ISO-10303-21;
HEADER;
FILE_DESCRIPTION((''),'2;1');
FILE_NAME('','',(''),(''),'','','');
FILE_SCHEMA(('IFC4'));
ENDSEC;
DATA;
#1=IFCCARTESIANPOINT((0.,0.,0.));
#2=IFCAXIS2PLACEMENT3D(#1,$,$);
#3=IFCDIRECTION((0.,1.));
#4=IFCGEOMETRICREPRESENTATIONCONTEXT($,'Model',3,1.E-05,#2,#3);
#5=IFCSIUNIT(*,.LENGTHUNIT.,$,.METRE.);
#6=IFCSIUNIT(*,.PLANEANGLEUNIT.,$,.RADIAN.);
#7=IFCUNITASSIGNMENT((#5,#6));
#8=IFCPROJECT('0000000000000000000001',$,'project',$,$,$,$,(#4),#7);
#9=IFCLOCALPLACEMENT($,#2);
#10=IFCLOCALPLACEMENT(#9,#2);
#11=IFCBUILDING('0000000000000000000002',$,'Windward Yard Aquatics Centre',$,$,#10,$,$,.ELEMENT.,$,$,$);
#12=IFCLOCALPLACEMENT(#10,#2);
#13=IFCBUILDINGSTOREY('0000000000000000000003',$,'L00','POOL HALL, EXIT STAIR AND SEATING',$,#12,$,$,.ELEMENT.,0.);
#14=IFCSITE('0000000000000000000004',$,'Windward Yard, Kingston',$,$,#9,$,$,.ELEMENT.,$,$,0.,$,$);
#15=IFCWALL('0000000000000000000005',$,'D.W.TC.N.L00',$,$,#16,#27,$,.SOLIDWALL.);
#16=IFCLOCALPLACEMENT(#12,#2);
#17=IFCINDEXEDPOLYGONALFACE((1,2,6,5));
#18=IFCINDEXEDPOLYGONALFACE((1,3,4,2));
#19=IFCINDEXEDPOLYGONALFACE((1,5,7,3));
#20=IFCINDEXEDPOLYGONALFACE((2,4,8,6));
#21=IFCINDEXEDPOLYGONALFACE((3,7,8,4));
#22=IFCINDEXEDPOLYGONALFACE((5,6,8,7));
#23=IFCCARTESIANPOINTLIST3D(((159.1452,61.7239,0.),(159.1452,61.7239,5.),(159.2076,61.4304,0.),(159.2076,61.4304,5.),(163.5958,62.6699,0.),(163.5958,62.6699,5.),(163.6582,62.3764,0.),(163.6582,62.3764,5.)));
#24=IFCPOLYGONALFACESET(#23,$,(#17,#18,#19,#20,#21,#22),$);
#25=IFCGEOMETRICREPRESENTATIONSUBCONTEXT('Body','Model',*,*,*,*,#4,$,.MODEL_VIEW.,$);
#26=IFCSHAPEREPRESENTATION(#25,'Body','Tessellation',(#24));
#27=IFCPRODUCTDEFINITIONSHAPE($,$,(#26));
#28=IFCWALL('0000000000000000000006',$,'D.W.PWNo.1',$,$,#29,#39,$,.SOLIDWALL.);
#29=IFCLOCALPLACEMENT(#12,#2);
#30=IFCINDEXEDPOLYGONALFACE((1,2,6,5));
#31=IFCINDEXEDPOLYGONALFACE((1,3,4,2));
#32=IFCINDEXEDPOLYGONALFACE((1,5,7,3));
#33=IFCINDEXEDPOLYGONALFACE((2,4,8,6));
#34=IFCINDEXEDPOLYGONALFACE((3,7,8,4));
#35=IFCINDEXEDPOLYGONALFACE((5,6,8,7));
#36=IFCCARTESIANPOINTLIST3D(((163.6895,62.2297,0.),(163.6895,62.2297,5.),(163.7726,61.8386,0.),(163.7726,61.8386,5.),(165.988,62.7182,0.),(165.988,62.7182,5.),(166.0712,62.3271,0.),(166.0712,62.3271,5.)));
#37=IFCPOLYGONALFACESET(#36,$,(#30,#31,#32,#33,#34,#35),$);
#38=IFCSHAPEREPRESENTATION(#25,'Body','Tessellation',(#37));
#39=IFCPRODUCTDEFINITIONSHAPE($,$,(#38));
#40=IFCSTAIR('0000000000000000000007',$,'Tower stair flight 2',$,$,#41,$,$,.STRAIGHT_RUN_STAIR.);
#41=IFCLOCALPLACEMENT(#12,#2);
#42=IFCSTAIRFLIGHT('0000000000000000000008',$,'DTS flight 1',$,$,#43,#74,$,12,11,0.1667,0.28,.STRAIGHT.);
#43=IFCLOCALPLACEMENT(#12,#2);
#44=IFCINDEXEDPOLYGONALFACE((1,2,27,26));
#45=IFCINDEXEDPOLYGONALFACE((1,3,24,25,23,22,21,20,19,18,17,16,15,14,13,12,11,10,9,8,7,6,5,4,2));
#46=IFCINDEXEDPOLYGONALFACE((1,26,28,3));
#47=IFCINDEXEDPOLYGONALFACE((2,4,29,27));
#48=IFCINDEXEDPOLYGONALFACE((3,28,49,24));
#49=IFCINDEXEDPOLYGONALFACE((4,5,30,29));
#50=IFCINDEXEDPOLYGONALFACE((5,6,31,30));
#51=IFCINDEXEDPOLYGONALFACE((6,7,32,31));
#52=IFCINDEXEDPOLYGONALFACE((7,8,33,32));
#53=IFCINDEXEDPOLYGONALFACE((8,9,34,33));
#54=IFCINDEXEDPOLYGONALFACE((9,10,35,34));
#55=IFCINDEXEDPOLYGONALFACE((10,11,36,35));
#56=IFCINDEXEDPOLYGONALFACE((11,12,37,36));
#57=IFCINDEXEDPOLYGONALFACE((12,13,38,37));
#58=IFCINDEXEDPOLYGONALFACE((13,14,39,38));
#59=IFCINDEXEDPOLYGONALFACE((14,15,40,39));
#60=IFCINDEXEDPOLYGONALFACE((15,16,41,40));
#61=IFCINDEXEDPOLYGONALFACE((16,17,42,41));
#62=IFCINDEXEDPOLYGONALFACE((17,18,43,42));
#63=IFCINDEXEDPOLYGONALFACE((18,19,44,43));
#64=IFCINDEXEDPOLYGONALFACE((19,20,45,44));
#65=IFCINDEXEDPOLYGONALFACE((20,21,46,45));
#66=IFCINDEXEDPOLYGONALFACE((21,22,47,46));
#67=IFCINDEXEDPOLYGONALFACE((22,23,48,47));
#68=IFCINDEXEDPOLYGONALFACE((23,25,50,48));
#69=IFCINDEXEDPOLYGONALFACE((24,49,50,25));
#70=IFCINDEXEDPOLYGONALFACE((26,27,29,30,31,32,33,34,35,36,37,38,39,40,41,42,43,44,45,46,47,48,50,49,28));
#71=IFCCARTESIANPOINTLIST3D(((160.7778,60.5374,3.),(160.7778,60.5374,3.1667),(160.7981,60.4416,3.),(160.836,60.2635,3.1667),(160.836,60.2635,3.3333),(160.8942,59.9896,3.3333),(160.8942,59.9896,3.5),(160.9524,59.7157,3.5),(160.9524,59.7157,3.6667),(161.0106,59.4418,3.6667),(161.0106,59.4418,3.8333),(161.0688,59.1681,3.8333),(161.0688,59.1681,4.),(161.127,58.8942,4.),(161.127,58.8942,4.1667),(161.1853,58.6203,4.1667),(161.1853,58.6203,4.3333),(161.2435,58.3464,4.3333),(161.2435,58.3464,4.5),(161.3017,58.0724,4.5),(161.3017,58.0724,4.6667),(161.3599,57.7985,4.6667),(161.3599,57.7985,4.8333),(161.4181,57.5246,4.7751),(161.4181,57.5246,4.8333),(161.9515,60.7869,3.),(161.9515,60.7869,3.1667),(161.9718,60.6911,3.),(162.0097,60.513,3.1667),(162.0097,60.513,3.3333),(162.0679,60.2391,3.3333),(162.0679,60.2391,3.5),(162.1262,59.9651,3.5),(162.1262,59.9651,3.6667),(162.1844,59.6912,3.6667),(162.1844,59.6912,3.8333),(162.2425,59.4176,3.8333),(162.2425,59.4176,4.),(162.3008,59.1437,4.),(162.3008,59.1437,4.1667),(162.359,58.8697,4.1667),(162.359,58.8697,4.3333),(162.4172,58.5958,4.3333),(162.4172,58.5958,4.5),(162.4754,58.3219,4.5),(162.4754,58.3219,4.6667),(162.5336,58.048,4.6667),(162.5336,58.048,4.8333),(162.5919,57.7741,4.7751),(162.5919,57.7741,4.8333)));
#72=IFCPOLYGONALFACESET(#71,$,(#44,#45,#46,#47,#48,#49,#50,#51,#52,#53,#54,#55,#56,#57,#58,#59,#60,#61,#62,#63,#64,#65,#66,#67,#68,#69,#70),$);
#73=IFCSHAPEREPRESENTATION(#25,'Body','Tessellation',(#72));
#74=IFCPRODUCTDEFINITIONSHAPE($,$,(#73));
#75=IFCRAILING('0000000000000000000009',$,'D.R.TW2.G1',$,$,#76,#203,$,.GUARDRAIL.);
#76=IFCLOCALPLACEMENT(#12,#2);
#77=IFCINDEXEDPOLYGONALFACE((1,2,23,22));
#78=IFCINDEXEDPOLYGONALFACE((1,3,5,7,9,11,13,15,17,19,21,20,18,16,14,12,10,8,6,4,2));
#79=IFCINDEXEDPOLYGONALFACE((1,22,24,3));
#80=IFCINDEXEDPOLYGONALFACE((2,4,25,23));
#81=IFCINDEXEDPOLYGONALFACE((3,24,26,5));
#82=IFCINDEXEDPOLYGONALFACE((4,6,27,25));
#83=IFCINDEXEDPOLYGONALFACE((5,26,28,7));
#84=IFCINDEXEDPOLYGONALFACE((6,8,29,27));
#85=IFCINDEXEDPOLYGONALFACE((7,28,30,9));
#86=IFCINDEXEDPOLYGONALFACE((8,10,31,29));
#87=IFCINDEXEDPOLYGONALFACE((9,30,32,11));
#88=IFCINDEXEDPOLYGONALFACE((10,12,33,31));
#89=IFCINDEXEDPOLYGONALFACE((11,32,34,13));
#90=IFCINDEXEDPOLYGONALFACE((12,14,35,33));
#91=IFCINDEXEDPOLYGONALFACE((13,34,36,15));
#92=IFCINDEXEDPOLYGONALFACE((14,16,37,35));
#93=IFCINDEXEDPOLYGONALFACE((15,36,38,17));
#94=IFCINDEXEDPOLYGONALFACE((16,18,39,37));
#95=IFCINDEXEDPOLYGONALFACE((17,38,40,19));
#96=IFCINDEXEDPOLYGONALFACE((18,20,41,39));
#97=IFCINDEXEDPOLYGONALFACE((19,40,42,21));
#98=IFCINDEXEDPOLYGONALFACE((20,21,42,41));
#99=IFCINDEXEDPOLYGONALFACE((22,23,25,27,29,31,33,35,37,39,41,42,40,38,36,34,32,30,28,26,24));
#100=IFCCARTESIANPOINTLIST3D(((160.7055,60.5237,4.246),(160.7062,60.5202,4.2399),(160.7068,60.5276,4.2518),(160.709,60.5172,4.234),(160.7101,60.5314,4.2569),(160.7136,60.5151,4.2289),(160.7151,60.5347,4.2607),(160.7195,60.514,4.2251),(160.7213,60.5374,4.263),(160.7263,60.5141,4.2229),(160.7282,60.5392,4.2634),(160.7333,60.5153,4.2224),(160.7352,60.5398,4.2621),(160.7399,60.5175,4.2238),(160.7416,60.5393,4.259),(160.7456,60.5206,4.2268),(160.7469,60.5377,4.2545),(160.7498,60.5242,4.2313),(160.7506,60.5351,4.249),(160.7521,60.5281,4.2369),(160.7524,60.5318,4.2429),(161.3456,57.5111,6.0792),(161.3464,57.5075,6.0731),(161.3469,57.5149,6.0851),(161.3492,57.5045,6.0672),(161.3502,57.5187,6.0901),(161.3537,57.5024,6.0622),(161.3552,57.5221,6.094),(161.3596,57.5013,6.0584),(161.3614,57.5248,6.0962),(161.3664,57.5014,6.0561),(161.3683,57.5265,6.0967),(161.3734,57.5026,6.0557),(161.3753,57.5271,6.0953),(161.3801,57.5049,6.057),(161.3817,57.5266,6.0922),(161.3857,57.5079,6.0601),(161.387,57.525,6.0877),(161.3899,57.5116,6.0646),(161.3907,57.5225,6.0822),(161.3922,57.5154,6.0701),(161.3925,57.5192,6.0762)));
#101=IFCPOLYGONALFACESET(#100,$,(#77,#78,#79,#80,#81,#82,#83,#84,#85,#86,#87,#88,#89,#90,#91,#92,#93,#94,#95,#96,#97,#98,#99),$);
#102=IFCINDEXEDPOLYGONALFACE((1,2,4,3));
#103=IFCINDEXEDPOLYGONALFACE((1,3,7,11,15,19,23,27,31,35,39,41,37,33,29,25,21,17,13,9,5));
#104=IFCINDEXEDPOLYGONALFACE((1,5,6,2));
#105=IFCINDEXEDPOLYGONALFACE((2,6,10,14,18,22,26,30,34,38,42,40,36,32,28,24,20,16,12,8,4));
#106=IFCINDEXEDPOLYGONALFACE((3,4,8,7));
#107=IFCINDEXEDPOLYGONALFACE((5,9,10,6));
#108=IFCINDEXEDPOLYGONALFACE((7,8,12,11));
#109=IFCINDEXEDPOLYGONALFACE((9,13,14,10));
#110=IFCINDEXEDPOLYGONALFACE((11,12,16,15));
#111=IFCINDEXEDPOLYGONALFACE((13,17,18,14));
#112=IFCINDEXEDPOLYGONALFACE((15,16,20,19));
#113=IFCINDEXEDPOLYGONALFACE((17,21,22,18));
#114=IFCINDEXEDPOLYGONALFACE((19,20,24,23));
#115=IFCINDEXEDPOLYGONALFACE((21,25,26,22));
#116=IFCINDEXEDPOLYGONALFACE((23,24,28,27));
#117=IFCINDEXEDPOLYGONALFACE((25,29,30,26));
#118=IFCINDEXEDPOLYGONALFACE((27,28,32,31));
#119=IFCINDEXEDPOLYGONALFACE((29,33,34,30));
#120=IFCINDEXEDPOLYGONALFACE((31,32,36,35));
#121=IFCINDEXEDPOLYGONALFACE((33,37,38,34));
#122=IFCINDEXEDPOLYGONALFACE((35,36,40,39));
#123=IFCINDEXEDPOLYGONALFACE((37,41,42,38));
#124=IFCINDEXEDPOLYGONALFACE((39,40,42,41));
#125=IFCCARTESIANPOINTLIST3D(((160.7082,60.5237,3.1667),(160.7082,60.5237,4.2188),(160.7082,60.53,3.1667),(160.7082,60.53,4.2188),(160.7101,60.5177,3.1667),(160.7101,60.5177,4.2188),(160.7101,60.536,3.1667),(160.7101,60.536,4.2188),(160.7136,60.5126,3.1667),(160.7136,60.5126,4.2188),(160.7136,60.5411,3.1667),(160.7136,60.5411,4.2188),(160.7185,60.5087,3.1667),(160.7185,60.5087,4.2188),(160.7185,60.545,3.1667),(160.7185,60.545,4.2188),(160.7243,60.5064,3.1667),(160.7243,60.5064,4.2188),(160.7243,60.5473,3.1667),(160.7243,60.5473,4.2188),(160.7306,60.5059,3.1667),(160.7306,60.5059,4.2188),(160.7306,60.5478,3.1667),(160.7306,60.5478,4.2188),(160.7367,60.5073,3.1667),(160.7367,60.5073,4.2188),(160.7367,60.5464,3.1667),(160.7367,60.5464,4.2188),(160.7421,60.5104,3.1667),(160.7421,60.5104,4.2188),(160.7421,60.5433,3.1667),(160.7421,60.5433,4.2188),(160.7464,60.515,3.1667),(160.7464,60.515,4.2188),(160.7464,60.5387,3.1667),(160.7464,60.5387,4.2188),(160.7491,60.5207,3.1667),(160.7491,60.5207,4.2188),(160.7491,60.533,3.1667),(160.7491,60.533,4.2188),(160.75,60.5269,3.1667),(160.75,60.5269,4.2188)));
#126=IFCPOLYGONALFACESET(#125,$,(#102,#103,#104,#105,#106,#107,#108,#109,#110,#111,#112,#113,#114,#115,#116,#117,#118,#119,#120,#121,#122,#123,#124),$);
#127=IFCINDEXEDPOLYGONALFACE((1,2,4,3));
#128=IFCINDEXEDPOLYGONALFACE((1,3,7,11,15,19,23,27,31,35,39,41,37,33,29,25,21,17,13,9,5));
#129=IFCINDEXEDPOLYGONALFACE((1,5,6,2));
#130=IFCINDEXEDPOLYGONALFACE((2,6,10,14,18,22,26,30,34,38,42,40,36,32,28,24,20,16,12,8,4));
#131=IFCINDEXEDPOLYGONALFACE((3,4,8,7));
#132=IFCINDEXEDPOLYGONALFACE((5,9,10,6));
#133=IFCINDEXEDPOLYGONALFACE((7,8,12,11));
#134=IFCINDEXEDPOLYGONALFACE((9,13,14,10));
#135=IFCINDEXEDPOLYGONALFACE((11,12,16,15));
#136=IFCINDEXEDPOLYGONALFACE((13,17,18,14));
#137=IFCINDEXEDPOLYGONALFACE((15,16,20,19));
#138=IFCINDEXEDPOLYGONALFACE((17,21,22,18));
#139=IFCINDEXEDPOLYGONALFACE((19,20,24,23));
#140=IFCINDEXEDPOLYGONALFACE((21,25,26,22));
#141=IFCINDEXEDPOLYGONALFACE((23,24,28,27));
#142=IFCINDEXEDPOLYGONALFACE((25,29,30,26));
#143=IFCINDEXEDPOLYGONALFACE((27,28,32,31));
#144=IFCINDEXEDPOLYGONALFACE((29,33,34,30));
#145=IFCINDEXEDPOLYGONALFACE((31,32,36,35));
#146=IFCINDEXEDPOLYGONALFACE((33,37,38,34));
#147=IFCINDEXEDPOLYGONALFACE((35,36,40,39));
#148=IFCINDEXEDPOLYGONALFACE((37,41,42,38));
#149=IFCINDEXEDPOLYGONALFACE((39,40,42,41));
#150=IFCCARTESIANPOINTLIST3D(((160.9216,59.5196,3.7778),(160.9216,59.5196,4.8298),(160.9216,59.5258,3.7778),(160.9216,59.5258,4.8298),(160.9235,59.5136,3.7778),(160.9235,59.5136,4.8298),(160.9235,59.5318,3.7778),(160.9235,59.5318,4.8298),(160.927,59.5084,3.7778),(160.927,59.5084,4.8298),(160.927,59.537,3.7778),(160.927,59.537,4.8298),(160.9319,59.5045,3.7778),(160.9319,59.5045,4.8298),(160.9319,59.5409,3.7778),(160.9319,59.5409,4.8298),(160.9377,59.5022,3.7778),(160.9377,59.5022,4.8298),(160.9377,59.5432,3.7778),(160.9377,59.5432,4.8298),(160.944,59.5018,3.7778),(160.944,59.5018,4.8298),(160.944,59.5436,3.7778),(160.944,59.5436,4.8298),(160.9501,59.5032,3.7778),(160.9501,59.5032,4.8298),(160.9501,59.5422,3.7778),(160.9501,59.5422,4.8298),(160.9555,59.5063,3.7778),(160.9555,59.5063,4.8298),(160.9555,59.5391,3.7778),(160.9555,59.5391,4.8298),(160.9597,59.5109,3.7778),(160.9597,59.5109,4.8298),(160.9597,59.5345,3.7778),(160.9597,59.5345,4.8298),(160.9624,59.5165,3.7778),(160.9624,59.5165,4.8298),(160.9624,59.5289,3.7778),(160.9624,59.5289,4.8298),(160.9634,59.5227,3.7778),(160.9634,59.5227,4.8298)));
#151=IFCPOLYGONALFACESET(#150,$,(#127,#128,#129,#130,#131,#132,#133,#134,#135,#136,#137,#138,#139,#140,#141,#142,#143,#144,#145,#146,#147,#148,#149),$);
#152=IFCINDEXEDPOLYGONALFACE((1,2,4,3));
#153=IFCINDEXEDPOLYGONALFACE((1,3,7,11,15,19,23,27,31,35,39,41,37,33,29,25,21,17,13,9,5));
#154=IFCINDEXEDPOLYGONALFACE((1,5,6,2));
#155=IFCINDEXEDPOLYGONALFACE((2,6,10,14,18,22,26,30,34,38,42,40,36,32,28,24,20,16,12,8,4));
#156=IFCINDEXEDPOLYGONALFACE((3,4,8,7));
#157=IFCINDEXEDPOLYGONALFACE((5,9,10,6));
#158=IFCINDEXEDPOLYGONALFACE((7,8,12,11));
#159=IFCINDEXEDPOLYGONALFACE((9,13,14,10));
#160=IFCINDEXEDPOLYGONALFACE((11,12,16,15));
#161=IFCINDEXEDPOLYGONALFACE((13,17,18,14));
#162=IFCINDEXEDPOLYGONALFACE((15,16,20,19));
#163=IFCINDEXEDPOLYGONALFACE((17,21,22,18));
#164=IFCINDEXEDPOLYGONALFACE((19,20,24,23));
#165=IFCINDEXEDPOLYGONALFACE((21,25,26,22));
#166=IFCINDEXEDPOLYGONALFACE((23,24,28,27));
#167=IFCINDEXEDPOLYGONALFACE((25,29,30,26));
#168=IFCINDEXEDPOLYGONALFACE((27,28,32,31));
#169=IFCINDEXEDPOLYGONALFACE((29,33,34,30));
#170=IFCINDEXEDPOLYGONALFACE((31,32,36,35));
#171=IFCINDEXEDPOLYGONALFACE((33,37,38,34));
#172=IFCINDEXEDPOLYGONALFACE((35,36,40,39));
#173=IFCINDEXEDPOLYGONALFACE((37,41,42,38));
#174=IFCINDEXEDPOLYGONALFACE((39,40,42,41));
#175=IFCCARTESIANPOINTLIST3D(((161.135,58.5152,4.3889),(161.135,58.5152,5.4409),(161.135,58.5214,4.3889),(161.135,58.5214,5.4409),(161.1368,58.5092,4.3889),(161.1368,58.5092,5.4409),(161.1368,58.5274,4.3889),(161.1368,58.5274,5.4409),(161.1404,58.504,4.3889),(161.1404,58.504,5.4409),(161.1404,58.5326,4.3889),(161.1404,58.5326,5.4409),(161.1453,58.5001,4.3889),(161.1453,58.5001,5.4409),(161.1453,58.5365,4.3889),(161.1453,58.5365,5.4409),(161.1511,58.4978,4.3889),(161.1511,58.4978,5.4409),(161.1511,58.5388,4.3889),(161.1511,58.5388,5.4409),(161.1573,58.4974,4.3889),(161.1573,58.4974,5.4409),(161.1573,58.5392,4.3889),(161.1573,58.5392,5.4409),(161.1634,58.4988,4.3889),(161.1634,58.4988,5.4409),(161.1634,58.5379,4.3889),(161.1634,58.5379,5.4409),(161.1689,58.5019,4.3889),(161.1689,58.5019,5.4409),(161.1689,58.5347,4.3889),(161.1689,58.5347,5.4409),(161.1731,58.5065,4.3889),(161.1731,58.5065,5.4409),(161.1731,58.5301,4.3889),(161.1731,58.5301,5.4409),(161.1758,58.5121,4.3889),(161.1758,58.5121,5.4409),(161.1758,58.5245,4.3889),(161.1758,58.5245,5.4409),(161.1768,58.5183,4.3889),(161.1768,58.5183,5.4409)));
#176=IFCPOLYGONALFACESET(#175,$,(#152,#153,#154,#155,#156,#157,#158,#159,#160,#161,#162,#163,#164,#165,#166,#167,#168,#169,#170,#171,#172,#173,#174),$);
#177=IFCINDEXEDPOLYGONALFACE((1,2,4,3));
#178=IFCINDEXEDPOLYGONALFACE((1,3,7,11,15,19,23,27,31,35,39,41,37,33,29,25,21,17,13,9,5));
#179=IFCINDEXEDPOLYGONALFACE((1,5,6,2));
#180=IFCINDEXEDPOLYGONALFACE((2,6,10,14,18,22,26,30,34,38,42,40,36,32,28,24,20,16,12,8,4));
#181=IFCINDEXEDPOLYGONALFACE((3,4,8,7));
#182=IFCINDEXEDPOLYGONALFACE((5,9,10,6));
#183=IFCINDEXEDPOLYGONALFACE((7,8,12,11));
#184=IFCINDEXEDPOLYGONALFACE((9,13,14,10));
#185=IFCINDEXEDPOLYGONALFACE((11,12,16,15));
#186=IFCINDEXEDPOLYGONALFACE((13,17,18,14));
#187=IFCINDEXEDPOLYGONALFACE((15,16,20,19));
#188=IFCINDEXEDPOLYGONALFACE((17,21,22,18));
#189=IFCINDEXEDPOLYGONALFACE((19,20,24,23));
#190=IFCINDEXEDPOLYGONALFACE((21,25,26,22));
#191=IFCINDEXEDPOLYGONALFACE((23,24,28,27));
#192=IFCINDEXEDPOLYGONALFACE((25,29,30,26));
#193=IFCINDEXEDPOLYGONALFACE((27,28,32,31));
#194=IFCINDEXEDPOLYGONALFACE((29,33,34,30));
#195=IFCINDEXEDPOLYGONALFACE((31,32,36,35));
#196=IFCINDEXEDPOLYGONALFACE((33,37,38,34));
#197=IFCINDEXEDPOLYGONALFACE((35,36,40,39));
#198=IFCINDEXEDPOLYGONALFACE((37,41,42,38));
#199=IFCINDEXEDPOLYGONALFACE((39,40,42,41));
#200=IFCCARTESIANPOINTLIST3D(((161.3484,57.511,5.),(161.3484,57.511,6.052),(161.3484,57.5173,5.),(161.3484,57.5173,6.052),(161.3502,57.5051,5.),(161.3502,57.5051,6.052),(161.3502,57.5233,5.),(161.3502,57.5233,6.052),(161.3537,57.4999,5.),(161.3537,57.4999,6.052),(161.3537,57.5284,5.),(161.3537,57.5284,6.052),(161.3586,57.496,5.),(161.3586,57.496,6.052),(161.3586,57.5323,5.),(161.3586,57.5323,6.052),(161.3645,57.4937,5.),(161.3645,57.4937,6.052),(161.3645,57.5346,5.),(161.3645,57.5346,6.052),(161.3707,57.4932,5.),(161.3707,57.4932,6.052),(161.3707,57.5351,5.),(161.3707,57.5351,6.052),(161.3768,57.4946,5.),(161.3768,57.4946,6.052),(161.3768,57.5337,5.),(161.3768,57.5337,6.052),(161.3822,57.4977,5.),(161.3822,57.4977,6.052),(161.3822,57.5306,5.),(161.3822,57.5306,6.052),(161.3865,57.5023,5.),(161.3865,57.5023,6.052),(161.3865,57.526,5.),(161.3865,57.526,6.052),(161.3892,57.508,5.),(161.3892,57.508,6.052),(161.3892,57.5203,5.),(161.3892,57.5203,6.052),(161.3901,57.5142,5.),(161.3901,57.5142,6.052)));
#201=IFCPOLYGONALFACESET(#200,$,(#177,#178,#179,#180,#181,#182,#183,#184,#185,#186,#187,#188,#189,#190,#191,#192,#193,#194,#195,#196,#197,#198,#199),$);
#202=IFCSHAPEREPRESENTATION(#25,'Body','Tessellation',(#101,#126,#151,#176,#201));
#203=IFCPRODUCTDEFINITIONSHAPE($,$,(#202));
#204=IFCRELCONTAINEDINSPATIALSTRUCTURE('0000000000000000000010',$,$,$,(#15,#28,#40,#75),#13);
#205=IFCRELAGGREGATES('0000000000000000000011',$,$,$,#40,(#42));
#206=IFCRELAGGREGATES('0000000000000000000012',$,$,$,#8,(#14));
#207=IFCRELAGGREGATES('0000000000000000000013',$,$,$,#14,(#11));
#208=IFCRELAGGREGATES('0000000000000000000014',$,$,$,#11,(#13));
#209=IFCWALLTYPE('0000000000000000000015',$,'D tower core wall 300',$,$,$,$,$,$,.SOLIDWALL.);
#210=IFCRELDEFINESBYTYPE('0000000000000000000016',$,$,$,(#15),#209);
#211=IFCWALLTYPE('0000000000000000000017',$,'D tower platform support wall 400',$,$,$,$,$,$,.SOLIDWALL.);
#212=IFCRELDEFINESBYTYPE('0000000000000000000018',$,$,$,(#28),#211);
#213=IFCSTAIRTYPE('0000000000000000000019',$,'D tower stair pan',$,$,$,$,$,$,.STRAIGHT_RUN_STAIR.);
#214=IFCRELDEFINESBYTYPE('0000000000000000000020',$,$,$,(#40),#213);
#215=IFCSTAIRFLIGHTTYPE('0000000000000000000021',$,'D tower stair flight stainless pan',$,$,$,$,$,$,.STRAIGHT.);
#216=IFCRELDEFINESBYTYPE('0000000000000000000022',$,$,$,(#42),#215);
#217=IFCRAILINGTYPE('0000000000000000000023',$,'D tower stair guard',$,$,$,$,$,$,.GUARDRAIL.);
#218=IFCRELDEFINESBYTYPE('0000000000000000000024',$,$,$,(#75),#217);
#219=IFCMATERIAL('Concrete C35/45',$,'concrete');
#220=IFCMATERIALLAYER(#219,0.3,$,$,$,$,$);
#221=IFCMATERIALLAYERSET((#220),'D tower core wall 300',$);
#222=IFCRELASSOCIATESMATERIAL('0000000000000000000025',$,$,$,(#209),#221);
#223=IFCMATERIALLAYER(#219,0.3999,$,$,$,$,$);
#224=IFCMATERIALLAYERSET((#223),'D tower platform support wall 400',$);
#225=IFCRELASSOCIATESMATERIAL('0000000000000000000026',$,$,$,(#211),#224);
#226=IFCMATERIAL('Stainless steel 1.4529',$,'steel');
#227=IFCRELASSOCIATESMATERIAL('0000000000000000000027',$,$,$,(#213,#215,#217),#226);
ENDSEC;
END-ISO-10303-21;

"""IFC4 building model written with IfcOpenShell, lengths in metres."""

from ifc_helpers import new_model, si_unit, direction, frame, frame_2d, origin, origin_2d, place, context, subcontext, project, spatial, polyline, rectangle, circle, outline, extrude, material, layer, layer_set, type_object, element, aggregate, save


model = new_model("IFC4")

# Units and contexts
model_context = context("Model", 3, precision=1e-05, world=origin(), true_north=direction((0.0, 1.0)))
body_context = subcontext(model_context, "Body", "Model", "MODEL_VIEW")
ifc_project = project(units=[si_unit("LENGTHUNIT", "METRE"), si_unit("PLANEANGLEUNIT", "RADIAN")], contexts=[model_context])

# Site, building, storey
site_placement = place(None, origin())
site = spatial("IfcSite", under=ifc_project, at=site_placement, Name="Windward Yard, Kingston", CompositionType="ELEMENT", RefElevation=0.0)
building_placement = place(site_placement, origin())
building = spatial("IfcBuilding", under=site, at=building_placement, Name="Windward Yard Aquatics Centre", CompositionType="ELEMENT")
storey_placement = place(building_placement, origin())
storey = spatial("IfcBuildingStorey", under=building, at=storey_placement, Name="L00", Description="POOL HALL, EXIT STAIR AND SEATING", CompositionType="ELEMENT", Elevation=0.0)

# Shared definitions
ifc_material_1 = material(Name="Concrete C35/45", Category="concrete")

# Walls
ifc_layer_1 = layer(ifc_material_1, 0.3)
ifc_layer_set_1 = layer_set([ifc_layer_1], Name="D tower core wall 300")
wall_type_1 = type_object("IfcWallType", Name="D tower core wall 300", PredefinedType="SOLIDWALL", material=ifc_layer_set_1)
wall_1_placement = place(storey_placement, frame((159.1765, 61.5771, 0.0), z_axis=(0.0, 0.0, 1.0), x_axis=(0.978147, 0.207917, 0.0)))
element("IfcWall", 1, at=wall_1_placement, inside=storey, type_object=wall_type_1, Name="D.W.TC.N.L00", PredefinedType="SOLIDWALL", context=body_context, shape_type="SweptSolid", body=[
    extrude(rectangle(XDim=4.55, YDim=0.3, at=frame_2d((2.2749, 0.0))), origin(), (0.0, 0.0, 1.0), 5.0),
])
ifc_layer_2 = layer(ifc_material_1, 0.3999)
ifc_layer_set_2 = layer_set([ifc_layer_2], Name="D tower platform support wall 400")
wall_type_2 = type_object("IfcWallType", Name="D tower platform support wall 400", PredefinedType="SOLIDWALL", material=ifc_layer_set_2)
wall_2_placement = place(storey_placement, frame((163.7312, 62.0342, 0.0), z_axis=(0.0, 0.0, 1.0), x_axis=(0.978152, 0.20789, 0.0)))
element("IfcWall", 2, at=wall_2_placement, inside=storey, type_object=wall_type_2, Name="D.W.PWNo.1", PredefinedType="SOLIDWALL", context=body_context, shape_type="SweptSolid", body=[
    extrude(rectangle(XDim=2.3499, YDim=0.3999, at=frame_2d((1.1748, 0.0))), origin(), (0.0, 0.0, 1.0), 5.0),
])

# Stair, stair flight
ifc_material_2 = material(Name="Stainless steel 1.4529", Category="steel")
stair_type = type_object("IfcStairType", Name="D tower stair pan", PredefinedType="STRAIGHT_RUN_STAIR", material=ifc_material_2)
stair_placement = place(storey_placement, origin())
stair = element("IfcStair", 3, at=stair_placement, inside=storey, type_object=stair_type, Name="Tower stair flight 2", PredefinedType="STRAIGHT_RUN_STAIR")
stair_flight_type = type_object("IfcStairFlightType", Name="D tower stair flight stainless pan", PredefinedType="STRAIGHT", material=ifc_material_2)
stair_flight_placement = place(storey_placement, frame((161.3645, 60.6621, 3.0), z_axis=(0.0, 0.0, 1.0), x_axis=(0.207912, -0.978148, 0.0)))
stair_flight = element("IfcStairFlight", 4, at=stair_flight_placement, type_object=stair_flight_type, Name="DTS flight 1", NumberOfRisers=12, NumberOfTreads=11, PredefinedType="STRAIGHT", RiserHeight=0.1667, TreadLength=0.28, context=body_context, shape_type="SweptSolid", body=[
    extrude(outline(polyline([(0.0, 0.0), (0.0, 0.1667), (0.28, 0.1667), (0.28, 0.3333), (0.5601, 0.3333), (0.5601, 0.5), (0.8401, 0.5), (0.8401, 0.6667), (1.1201, 0.6667), (1.1201, 0.8333), (1.3999, 0.8333), (1.3999, 1.0), (1.6799, 1.0), (1.6799, 1.1667), (1.96, 1.1667), (1.96, 1.3333), (2.24, 1.3333), (2.24, 1.5), (2.52, 1.5), (2.52, 1.6667), (2.8, 1.6667), (2.8, 1.8333), (3.0801, 1.8333), (3.0801, 2.0), (3.0801, 1.7751), (0.0979, 0.0), (0.0, 0.0)])), frame((0.0, 0.6001, 0.0), z_axis=(0.0, -1.0, 0.0), x_axis=(1.0, 0.0, 0.0)), (0.0, 0.0, 1.0), 1.2),
])
aggregate(stair, [stair_flight])

# Railing
railing_type = type_object("IfcRailingType", Name="D tower stair guard", PredefinedType="GUARDRAIL", material=ifc_material_2)
railing_1_placement = place(storey_placement, frame((160.729, 60.5269, 3.1667)))
element("IfcRailing", 5, at=railing_1_placement, inside=storey, type_object=railing_type, Name="D.R.TW2.G1", PredefinedType="GUARDRAIL", context=body_context, shape_type="SweptSolid", body=[
    extrude(circle(Radius=0.0239, at=origin_2d()), frame((0.0, 0.0, 1.0762), z_axis=(0.178597, -0.840535, 0.511473), x_axis=(0.978163, 0.20784, 0.0)), (0.0, 0.0, 1.0), 3.5842),
    extrude(circle(Radius=0.021, at=origin_2d()), origin(), (0.0, 0.0, 1.0), 1.052),
    extrude(circle(Radius=0.021, at=origin_2d()), frame((0.2134, -1.0042, 0.6111)), (0.0, 0.0, 1.0), 1.052),
    extrude(circle(Radius=0.021, at=origin_2d()), frame((0.4268, -2.0085, 1.2222)), (0.0, 0.0, 1.0), 1.052),
    extrude(circle(Radius=0.021, at=origin_2d()), frame((0.6401, -3.0127, 1.8333)), (0.0, 0.0, 1.0), 1.052),
])

save(model, "model.ifc")
